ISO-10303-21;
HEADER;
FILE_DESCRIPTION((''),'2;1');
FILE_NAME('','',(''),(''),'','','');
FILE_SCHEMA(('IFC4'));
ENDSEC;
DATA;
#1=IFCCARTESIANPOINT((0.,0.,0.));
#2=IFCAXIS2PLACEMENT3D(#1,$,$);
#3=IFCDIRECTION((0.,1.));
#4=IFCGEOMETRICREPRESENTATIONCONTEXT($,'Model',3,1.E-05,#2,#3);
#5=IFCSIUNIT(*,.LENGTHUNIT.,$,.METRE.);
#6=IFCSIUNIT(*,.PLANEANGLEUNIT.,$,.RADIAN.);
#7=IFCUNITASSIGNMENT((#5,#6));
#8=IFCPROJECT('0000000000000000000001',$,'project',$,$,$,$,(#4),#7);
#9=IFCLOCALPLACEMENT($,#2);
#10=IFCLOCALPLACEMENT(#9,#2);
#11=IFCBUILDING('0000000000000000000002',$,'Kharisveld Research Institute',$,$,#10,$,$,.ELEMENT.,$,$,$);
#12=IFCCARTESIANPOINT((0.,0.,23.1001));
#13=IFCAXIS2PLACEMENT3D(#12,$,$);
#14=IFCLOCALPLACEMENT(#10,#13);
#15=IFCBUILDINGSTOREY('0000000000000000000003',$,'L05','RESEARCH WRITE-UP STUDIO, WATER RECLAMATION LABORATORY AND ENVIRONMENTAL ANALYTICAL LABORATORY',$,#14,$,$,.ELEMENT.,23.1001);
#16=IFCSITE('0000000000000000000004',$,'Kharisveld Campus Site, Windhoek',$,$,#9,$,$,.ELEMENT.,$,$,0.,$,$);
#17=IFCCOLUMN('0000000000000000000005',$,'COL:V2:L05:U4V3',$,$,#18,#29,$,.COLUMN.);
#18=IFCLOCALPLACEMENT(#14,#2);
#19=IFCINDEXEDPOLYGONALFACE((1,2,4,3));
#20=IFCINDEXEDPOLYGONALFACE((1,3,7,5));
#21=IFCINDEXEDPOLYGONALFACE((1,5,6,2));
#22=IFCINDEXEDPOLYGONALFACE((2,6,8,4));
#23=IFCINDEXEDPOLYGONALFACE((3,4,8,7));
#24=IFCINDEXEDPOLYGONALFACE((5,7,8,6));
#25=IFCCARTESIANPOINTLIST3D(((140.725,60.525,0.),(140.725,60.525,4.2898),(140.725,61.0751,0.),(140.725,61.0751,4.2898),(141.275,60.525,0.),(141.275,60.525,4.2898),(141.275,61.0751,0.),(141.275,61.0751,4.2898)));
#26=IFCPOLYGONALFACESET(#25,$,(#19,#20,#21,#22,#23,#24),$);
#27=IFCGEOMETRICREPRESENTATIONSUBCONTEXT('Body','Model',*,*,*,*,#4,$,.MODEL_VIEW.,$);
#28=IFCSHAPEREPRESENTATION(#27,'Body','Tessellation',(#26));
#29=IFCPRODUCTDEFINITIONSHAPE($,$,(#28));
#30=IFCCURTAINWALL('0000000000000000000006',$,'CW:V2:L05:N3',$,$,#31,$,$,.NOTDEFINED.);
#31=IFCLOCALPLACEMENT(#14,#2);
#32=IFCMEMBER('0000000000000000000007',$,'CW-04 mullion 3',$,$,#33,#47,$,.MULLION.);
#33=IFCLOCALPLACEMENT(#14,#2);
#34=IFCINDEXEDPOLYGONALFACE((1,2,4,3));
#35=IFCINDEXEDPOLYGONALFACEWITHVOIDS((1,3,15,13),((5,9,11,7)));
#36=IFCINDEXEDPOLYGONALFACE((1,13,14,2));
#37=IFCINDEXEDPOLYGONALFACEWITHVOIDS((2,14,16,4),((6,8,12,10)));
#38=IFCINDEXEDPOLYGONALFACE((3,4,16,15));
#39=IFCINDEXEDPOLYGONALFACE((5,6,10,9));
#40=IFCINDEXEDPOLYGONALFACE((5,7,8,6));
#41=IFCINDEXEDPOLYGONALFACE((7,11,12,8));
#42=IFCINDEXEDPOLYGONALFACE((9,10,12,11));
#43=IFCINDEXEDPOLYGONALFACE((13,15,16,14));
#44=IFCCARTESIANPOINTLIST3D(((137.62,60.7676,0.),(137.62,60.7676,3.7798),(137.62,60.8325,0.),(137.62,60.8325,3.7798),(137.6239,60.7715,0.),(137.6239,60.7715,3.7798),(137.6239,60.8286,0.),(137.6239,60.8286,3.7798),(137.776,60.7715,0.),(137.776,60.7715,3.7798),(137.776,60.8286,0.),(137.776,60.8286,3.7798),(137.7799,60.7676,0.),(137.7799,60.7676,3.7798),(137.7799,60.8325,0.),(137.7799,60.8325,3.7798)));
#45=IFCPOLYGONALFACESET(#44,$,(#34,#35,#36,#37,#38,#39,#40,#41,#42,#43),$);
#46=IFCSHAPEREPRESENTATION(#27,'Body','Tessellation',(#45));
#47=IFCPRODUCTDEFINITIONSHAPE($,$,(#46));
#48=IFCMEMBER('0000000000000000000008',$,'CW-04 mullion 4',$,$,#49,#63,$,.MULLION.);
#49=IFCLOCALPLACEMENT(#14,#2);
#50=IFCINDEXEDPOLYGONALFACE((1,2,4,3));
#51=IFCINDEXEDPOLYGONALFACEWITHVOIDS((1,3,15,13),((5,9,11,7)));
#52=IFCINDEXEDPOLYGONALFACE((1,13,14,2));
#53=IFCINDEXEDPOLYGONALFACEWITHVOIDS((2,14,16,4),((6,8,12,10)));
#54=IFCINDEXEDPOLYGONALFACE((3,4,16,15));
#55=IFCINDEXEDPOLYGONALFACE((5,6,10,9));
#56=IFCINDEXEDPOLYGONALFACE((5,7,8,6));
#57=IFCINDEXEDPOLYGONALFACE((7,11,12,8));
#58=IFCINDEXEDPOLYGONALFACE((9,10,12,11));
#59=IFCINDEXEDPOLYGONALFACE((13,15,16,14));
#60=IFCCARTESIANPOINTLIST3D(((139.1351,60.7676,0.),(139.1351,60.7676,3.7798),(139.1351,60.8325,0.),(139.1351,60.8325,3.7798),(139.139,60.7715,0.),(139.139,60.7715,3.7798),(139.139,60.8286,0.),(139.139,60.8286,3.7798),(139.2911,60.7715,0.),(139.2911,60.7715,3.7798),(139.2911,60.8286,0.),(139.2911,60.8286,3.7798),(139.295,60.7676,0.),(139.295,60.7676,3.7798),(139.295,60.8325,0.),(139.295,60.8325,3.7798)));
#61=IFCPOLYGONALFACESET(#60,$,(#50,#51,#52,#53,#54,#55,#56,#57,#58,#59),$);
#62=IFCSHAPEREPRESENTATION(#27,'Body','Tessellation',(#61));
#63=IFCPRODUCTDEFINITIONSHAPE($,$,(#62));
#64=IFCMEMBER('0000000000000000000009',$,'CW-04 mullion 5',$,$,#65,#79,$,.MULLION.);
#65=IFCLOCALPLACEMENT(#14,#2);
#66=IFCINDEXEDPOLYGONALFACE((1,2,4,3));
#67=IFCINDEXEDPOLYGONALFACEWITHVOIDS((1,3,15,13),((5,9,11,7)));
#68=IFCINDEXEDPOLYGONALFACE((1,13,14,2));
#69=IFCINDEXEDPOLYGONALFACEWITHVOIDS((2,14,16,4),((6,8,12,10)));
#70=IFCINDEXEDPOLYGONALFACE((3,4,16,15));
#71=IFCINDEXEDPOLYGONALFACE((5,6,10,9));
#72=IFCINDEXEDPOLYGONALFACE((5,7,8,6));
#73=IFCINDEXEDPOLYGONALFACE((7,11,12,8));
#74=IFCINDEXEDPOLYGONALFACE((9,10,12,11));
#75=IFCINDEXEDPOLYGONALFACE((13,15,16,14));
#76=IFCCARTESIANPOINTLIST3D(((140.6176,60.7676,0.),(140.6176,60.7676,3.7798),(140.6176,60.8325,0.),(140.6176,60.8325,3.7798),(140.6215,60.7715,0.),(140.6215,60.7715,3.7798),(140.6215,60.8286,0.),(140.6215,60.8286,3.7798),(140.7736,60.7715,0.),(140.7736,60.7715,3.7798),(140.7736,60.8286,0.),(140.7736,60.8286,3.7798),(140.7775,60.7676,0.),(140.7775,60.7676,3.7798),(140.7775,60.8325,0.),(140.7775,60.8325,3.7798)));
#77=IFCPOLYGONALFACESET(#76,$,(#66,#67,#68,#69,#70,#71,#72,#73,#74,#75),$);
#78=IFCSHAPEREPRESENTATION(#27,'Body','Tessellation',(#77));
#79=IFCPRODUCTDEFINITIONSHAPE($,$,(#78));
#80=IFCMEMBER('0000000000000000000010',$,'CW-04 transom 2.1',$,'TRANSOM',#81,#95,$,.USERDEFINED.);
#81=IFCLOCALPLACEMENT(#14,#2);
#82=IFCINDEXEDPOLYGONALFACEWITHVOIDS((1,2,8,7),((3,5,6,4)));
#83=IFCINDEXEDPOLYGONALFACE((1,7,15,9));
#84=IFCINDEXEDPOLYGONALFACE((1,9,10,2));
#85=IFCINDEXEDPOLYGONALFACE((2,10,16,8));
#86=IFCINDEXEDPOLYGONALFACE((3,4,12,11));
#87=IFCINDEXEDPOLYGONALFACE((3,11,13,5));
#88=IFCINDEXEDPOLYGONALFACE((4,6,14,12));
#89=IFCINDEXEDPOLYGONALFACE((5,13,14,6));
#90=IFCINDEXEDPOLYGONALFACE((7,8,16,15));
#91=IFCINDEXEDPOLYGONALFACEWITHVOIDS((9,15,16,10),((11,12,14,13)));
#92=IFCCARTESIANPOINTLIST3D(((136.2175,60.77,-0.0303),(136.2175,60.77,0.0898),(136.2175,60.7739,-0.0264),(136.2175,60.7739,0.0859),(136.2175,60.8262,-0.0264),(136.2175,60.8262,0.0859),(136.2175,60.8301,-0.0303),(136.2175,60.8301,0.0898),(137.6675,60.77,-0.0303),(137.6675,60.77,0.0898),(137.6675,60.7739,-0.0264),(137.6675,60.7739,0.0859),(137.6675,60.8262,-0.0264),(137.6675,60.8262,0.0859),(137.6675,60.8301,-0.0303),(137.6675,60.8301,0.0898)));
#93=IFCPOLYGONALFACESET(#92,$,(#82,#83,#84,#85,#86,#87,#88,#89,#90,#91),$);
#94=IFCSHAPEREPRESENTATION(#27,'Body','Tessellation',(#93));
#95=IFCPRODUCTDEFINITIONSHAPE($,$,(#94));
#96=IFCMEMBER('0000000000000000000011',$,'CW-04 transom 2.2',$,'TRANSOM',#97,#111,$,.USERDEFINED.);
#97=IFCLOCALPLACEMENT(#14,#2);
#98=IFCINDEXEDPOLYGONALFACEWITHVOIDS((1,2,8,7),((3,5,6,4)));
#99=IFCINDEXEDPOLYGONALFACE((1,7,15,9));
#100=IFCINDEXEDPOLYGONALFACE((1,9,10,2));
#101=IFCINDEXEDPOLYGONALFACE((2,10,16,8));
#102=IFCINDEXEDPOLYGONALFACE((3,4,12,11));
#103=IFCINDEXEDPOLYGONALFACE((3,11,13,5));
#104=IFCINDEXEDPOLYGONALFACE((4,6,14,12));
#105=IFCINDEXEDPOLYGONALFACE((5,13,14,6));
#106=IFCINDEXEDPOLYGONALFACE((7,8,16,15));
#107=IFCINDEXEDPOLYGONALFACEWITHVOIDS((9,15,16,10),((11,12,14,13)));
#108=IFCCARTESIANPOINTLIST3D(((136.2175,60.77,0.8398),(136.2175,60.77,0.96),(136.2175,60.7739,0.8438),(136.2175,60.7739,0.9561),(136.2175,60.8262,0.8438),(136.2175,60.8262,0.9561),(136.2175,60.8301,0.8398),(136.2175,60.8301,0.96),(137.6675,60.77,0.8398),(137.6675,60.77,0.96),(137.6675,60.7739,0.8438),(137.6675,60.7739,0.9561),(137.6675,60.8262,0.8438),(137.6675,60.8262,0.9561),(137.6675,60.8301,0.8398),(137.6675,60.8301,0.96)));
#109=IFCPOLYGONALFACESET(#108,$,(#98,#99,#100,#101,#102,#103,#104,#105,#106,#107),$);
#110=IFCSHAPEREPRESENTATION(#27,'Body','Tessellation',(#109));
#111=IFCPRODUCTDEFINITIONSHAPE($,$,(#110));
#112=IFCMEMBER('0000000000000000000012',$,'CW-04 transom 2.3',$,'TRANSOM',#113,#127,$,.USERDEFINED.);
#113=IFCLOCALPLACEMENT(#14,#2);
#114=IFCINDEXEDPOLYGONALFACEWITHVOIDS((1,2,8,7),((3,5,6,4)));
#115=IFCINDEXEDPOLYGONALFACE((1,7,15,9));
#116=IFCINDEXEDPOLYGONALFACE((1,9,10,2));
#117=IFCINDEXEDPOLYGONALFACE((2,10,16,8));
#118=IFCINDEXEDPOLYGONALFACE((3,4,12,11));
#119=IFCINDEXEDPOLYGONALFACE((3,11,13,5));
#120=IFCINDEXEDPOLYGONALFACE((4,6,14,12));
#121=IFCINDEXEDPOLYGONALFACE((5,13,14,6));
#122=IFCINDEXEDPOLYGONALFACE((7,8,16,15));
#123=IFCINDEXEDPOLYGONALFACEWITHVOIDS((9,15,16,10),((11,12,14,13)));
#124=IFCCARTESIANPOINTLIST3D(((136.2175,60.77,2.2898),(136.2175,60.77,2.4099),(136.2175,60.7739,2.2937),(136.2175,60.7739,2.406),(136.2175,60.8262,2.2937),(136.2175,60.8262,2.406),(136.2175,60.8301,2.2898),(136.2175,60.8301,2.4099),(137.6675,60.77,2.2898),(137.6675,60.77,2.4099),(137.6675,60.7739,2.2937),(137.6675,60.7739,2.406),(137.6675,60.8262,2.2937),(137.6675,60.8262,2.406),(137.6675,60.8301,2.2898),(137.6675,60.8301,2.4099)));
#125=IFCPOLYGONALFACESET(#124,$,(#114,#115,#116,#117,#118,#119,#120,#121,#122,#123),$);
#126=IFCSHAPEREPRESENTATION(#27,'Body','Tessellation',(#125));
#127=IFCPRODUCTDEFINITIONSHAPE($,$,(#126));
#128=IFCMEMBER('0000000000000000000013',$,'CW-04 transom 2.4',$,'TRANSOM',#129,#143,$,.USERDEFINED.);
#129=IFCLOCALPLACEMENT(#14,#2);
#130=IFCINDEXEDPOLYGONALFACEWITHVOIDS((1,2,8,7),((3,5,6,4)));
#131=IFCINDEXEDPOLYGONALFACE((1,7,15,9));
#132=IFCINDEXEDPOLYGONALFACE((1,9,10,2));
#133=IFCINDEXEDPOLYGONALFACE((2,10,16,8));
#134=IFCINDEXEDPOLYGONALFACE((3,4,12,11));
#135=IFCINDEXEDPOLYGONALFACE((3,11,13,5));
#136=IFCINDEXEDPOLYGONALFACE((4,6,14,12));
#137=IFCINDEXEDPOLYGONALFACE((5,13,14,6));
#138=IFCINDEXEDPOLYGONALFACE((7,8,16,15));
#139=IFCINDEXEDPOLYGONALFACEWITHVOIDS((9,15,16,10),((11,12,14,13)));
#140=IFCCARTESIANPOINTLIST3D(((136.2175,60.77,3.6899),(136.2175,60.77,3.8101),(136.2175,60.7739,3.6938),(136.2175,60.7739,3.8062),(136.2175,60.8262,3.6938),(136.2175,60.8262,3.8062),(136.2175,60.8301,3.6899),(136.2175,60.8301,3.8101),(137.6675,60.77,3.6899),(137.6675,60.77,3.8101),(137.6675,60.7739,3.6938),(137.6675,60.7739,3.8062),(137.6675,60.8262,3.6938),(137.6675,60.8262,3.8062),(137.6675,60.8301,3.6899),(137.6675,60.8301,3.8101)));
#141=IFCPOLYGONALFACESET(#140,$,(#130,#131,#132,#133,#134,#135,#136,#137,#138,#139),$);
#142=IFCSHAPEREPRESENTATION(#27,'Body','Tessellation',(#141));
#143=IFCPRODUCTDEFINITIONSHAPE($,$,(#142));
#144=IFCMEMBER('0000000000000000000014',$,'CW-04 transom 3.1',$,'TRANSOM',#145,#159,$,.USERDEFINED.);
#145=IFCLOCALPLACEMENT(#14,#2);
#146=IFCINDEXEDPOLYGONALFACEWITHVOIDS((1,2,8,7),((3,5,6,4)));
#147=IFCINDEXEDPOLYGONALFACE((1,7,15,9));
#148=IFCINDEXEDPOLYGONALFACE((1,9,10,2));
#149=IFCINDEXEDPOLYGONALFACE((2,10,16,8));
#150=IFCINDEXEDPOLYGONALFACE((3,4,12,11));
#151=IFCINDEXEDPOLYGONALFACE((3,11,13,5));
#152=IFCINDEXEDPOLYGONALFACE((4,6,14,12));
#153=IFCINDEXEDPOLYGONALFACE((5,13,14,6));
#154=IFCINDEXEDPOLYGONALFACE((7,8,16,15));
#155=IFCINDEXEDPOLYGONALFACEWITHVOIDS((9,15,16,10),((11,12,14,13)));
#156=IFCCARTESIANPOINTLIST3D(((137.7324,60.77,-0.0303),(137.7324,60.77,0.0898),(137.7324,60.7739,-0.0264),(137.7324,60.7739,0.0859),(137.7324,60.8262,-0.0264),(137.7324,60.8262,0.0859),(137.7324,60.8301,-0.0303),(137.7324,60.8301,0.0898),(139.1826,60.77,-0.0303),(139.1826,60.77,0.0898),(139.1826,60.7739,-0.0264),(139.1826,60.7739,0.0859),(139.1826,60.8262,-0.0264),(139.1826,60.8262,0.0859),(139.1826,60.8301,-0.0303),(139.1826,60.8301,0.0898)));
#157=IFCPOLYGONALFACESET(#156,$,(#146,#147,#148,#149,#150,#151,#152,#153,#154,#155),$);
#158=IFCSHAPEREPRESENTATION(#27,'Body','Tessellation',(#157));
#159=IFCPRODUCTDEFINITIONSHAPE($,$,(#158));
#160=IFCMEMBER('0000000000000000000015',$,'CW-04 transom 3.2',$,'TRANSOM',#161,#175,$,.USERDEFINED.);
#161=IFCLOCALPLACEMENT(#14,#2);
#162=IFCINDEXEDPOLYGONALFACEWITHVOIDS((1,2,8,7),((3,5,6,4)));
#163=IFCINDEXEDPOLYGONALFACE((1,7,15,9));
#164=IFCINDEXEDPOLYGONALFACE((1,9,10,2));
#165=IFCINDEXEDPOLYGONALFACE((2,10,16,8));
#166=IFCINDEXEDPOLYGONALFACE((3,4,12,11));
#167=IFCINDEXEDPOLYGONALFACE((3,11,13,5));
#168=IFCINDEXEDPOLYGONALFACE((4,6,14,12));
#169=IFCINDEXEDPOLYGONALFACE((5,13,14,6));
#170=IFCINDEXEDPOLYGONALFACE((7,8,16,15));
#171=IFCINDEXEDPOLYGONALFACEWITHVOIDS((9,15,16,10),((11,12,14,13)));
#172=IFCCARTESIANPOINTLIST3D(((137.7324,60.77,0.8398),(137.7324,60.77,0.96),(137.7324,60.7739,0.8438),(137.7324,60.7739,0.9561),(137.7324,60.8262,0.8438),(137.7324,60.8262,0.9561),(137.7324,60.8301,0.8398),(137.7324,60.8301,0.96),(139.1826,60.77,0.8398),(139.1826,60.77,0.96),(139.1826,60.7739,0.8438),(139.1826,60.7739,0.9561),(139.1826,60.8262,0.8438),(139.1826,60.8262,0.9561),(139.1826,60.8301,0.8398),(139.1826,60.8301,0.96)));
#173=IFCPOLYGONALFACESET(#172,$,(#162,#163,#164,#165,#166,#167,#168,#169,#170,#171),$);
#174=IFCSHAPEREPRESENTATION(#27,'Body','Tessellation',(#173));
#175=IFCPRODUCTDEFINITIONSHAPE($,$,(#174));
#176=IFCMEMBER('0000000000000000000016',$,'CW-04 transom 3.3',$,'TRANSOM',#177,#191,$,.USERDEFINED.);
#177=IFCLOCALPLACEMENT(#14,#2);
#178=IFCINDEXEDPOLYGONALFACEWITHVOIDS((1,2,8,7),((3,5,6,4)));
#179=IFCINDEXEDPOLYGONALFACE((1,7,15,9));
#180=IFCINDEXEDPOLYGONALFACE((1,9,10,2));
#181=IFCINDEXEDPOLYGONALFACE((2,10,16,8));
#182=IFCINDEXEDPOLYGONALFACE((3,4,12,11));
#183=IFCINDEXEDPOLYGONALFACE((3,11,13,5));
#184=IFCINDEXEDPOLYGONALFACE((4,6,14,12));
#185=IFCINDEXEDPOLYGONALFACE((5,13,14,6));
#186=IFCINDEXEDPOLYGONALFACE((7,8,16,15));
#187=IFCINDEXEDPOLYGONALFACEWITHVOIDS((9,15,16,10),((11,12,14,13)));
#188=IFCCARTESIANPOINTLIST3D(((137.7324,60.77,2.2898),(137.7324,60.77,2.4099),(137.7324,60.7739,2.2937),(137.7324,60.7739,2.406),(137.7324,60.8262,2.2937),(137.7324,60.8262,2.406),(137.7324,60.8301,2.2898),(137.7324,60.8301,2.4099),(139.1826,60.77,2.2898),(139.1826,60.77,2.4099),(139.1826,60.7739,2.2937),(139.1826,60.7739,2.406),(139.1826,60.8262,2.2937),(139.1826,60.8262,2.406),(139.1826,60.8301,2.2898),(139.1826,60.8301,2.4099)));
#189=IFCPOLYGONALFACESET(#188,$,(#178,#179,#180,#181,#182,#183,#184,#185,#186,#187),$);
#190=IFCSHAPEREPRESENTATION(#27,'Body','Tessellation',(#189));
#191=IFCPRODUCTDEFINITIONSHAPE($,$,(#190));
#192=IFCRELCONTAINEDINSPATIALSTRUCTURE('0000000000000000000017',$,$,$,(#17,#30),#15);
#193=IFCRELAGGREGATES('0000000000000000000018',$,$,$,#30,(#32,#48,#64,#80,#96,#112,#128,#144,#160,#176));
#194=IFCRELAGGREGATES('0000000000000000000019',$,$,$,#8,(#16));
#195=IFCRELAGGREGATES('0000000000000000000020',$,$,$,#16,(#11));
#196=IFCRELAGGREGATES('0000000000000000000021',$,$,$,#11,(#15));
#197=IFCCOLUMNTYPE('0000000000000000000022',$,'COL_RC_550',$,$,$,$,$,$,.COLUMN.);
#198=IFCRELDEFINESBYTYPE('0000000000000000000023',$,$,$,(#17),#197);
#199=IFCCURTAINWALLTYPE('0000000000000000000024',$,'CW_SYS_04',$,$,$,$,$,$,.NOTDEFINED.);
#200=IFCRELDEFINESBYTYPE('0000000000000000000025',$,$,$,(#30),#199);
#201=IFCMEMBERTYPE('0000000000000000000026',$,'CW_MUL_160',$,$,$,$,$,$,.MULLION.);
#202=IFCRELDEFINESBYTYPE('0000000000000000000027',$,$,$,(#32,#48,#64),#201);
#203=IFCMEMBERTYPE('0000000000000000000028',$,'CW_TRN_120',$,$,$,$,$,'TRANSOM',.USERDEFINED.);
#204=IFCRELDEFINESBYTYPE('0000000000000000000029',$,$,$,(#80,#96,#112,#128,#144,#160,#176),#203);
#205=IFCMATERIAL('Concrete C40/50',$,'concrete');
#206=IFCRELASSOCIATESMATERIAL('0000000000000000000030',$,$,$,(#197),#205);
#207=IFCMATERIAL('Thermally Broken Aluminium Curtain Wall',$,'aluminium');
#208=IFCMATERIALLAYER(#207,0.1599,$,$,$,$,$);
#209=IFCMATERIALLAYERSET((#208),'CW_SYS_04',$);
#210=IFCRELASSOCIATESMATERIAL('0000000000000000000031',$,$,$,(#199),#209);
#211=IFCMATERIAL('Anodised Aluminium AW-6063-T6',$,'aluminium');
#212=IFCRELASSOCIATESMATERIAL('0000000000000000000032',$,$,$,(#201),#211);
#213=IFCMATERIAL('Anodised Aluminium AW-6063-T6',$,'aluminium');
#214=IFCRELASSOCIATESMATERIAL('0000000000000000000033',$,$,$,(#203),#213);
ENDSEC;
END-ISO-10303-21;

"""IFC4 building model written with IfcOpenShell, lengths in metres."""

from ifc_helpers import new_model, si_unit, direction, frame, origin, origin_2d, place, context, subcontext, project, spatial, rectangle, hollow_rectangle, extrude, material, layer, layer_set, material_profile, profile_set, type_object, element, aggregate, save


model = new_model("IFC4")

# Units and contexts
model_context = context("Model", 3, precision=1e-05, world=origin(), true_north=direction((0.0, 1.0)))
body_context = subcontext(model_context, "Body", "Model", "MODEL_VIEW")
ifc_project = project(units=[si_unit("LENGTHUNIT", "METRE"), si_unit("PLANEANGLEUNIT", "RADIAN")], contexts=[model_context])

# Site, building, storey
site_placement = place(None, origin())
site = spatial("IfcSite", under=ifc_project, at=site_placement, Name="Kharisveld Campus Site, Windhoek", CompositionType="ELEMENT", RefElevation=0.0)
building_placement = place(site_placement, origin())
building = spatial("IfcBuilding", under=site, at=building_placement, Name="Kharisveld Research Institute", CompositionType="ELEMENT")
storey_placement = place(building_placement, frame((0.0, 0.0, 23.1001)))
storey = spatial("IfcBuildingStorey", under=building, at=storey_placement, Name="L05", Description="RESEARCH WRITE-UP STUDIO, WATER RECLAMATION LABORATORY AND ENVIRONMENTAL ANALYTICAL LABORATORY", CompositionType="ELEMENT", Elevation=23.1001)

# Column
ifc_material_1 = material(Name="Concrete C40/50", Category="concrete")
ifc_material_profile_1 = material_profile(ifc_material_1, rectangle(XDim=0.55, YDim=0.55, at=origin_2d()))
ifc_profile_set_1 = profile_set([ifc_material_profile_1], Name="Concrete C40/50")
column_type = type_object("IfcColumnType", Name="COL_RC_550", PredefinedType="COLUMN", material=ifc_profile_set_1)
column_placement = place(storey_placement, frame((141.0, 60.8, 0.0), z_axis=(0.0, 0.0, 1.0), x_axis=(1.0, 0.0, 0.0)))
element("IfcColumn", 1, at=column_placement, inside=storey, type_object=column_type, Name="COL:V2:L05:U4V3", PredefinedType="COLUMN", context=body_context, shape_type="SweptSolid", body=[
    extrude(rectangle(XDim=0.55, YDim=0.55, at=origin_2d()), origin(), (0.0, 0.0, 1.0), 4.2898),
])

# Curtain wall, members
ifc_material_2 = material(Name="Thermally Broken Aluminium Curtain Wall", Category="aluminium")
ifc_layer_1 = layer(ifc_material_2, 0.1599)
ifc_layer_set_1 = layer_set([ifc_layer_1], Name="CW_SYS_04")
curtain_wall_type = type_object("IfcCurtainWallType", Name="CW_SYS_04", PredefinedType="NOTDEFINED", material=ifc_layer_set_1)
curtain_wall_placement = place(storey_placement, origin())
curtain_wall = element("IfcCurtainWall", 2, at=curtain_wall_placement, inside=storey, type_object=curtain_wall_type, Name="CW:V2:L05:N3", PredefinedType="NOTDEFINED")
ifc_material_3 = material(Name="Anodised Aluminium AW-6063-T6", Category="aluminium")
ifc_material_profile_2 = material_profile(ifc_material_3, hollow_rectangle(XDim=0.0649, YDim=0.1599, WallThickness=0.0039, at=origin_2d()))
ifc_profile_set_2 = profile_set([ifc_material_profile_2], Name="Anodised Aluminium AW-6063-T6")
member_type_1 = type_object("IfcMemberType", Name="CW_MUL_160", PredefinedType="MULLION", material=ifc_profile_set_2)
member_1_placement = place(storey_placement, frame((137.7, 60.8, 0.0), z_axis=(0.0, 0.0, 1.0), x_axis=(0.0, 1.0, 0.0)))
member_1 = element("IfcMember", 3, at=member_1_placement, type_object=member_type_1, Name="CW-04 mullion 3", PredefinedType="MULLION", context=body_context, shape_type="SweptSolid", body=[
    extrude(hollow_rectangle(XDim=0.0649, YDim=0.1599, WallThickness=0.0039, at=origin_2d()), origin(), (0.0, 0.0, 1.0), 3.7798),
])
member_2_placement = place(storey_placement, frame((139.2151, 60.8, 0.0), z_axis=(0.0, 0.0, 1.0), x_axis=(0.0, 1.0, 0.0)))
member_2 = element("IfcMember", 4, at=member_2_placement, type_object=member_type_1, Name="CW-04 mullion 4", PredefinedType="MULLION", context=body_context, shape_type="SweptSolid", body=[
    extrude(hollow_rectangle(XDim=0.0649, YDim=0.1599, WallThickness=0.0039, at=origin_2d()), origin(), (0.0, 0.0, 1.0), 3.7798),
])
member_3_placement = place(storey_placement, frame((140.6975, 60.8, 0.0), z_axis=(0.0, 0.0, 1.0), x_axis=(0.0, 1.0, 0.0)))
member_3 = element("IfcMember", 5, at=member_3_placement, type_object=member_type_1, Name="CW-04 mullion 5", PredefinedType="MULLION", context=body_context, shape_type="SweptSolid", body=[
    extrude(hollow_rectangle(XDim=0.0649, YDim=0.1599, WallThickness=0.0039, at=origin_2d()), origin(), (0.0, 0.0, 1.0), 3.7798),
])
ifc_material_4 = material(Name="Anodised Aluminium AW-6063-T6", Category="aluminium")
ifc_material_profile_3 = material_profile(ifc_material_4, hollow_rectangle(XDim=0.0601, YDim=0.1201, WallThickness=0.0039, at=origin_2d()))
ifc_profile_set_3 = profile_set([ifc_material_profile_3], Name="Anodised Aluminium AW-6063-T6")
member_type_2 = type_object("IfcMemberType", Name="CW_TRN_120", ElementType="TRANSOM", PredefinedType="USERDEFINED", material=ifc_profile_set_3)
member_4_placement = place(storey_placement, frame((136.2175, 60.8, 0.0298), z_axis=(1.0, 0.0, 0.0), x_axis=(0.0, 1.0, 0.0)))
member_4 = element("IfcMember", 6, at=member_4_placement, type_object=member_type_2, Name="CW-04 transom 2.1", ObjectType="TRANSOM", PredefinedType="USERDEFINED", context=body_context, shape_type="SweptSolid", body=[
    extrude(hollow_rectangle(XDim=0.0601, YDim=0.1201, WallThickness=0.0039, at=origin_2d()), origin(), (0.0, 0.0, 1.0), 1.45),
])
member_5_placement = place(storey_placement, frame((136.2175, 60.8, 0.8999), z_axis=(1.0, 0.0, 0.0), x_axis=(0.0, 1.0, 0.0)))
member_5 = element("IfcMember", 7, at=member_5_placement, type_object=member_type_2, Name="CW-04 transom 2.2", ObjectType="TRANSOM", PredefinedType="USERDEFINED", context=body_context, shape_type="SweptSolid", body=[
    extrude(hollow_rectangle(XDim=0.0601, YDim=0.1201, WallThickness=0.0039, at=origin_2d()), origin(), (0.0, 0.0, 1.0), 1.45),
])
member_6_placement = place(storey_placement, frame((136.2175, 60.8, 2.3499), z_axis=(1.0, 0.0, 0.0), x_axis=(0.0, 1.0, 0.0)))
member_6 = element("IfcMember", 8, at=member_6_placement, type_object=member_type_2, Name="CW-04 transom 2.3", ObjectType="TRANSOM", PredefinedType="USERDEFINED", context=body_context, shape_type="SweptSolid", body=[
    extrude(hollow_rectangle(XDim=0.0601, YDim=0.1201, WallThickness=0.0039, at=origin_2d()), origin(), (0.0, 0.0, 1.0), 1.45),
])
member_7_placement = place(storey_placement, frame((136.2175, 60.8, 3.75), z_axis=(1.0, 0.0, 0.0), x_axis=(0.0, 1.0, 0.0)))
member_7 = element("IfcMember", 9, at=member_7_placement, type_object=member_type_2, Name="CW-04 transom 2.4", ObjectType="TRANSOM", PredefinedType="USERDEFINED", context=body_context, shape_type="SweptSolid", body=[
    extrude(hollow_rectangle(XDim=0.0601, YDim=0.1201, WallThickness=0.0039, at=origin_2d()), origin(), (0.0, 0.0, 1.0), 1.45),
])
member_8_placement = place(storey_placement, frame((137.7324, 60.8, 0.0298), z_axis=(1.0, 0.0, 0.0), x_axis=(0.0, 1.0, 0.0)))
member_8 = element("IfcMember", 10, at=member_8_placement, type_object=member_type_2, Name="CW-04 transom 3.1", ObjectType="TRANSOM", PredefinedType="USERDEFINED", context=body_context, shape_type="SweptSolid", body=[
    extrude(hollow_rectangle(XDim=0.0601, YDim=0.1201, WallThickness=0.0039, at=origin_2d()), origin(), (0.0, 0.0, 1.0), 1.4502),
])
member_9_placement = place(storey_placement, frame((137.7324, 60.8, 0.8999), z_axis=(1.0, 0.0, 0.0), x_axis=(0.0, 1.0, 0.0)))
member_9 = element("IfcMember", 11, at=member_9_placement, type_object=member_type_2, Name="CW-04 transom 3.2", ObjectType="TRANSOM", PredefinedType="USERDEFINED", context=body_context, shape_type="SweptSolid", body=[
    extrude(hollow_rectangle(XDim=0.0601, YDim=0.1201, WallThickness=0.0039, at=origin_2d()), origin(), (0.0, 0.0, 1.0), 1.4502),
])
member_10_placement = place(storey_placement, frame((137.7324, 60.8, 2.3499), z_axis=(1.0, 0.0, 0.0), x_axis=(0.0, 1.0, 0.0)))
member_10 = element("IfcMember", 12, at=member_10_placement, type_object=member_type_2, Name="CW-04 transom 3.3", ObjectType="TRANSOM", PredefinedType="USERDEFINED", context=body_context, shape_type="SweptSolid", body=[
    extrude(hollow_rectangle(XDim=0.0601, YDim=0.1201, WallThickness=0.0039, at=origin_2d()), origin(), (0.0, 0.0, 1.0), 1.4502),
])
aggregate(curtain_wall, [member_1, member_2, member_3, member_4, member_5, member_6, member_7, member_8, member_9, member_10])

save(model, "model.ifc")
